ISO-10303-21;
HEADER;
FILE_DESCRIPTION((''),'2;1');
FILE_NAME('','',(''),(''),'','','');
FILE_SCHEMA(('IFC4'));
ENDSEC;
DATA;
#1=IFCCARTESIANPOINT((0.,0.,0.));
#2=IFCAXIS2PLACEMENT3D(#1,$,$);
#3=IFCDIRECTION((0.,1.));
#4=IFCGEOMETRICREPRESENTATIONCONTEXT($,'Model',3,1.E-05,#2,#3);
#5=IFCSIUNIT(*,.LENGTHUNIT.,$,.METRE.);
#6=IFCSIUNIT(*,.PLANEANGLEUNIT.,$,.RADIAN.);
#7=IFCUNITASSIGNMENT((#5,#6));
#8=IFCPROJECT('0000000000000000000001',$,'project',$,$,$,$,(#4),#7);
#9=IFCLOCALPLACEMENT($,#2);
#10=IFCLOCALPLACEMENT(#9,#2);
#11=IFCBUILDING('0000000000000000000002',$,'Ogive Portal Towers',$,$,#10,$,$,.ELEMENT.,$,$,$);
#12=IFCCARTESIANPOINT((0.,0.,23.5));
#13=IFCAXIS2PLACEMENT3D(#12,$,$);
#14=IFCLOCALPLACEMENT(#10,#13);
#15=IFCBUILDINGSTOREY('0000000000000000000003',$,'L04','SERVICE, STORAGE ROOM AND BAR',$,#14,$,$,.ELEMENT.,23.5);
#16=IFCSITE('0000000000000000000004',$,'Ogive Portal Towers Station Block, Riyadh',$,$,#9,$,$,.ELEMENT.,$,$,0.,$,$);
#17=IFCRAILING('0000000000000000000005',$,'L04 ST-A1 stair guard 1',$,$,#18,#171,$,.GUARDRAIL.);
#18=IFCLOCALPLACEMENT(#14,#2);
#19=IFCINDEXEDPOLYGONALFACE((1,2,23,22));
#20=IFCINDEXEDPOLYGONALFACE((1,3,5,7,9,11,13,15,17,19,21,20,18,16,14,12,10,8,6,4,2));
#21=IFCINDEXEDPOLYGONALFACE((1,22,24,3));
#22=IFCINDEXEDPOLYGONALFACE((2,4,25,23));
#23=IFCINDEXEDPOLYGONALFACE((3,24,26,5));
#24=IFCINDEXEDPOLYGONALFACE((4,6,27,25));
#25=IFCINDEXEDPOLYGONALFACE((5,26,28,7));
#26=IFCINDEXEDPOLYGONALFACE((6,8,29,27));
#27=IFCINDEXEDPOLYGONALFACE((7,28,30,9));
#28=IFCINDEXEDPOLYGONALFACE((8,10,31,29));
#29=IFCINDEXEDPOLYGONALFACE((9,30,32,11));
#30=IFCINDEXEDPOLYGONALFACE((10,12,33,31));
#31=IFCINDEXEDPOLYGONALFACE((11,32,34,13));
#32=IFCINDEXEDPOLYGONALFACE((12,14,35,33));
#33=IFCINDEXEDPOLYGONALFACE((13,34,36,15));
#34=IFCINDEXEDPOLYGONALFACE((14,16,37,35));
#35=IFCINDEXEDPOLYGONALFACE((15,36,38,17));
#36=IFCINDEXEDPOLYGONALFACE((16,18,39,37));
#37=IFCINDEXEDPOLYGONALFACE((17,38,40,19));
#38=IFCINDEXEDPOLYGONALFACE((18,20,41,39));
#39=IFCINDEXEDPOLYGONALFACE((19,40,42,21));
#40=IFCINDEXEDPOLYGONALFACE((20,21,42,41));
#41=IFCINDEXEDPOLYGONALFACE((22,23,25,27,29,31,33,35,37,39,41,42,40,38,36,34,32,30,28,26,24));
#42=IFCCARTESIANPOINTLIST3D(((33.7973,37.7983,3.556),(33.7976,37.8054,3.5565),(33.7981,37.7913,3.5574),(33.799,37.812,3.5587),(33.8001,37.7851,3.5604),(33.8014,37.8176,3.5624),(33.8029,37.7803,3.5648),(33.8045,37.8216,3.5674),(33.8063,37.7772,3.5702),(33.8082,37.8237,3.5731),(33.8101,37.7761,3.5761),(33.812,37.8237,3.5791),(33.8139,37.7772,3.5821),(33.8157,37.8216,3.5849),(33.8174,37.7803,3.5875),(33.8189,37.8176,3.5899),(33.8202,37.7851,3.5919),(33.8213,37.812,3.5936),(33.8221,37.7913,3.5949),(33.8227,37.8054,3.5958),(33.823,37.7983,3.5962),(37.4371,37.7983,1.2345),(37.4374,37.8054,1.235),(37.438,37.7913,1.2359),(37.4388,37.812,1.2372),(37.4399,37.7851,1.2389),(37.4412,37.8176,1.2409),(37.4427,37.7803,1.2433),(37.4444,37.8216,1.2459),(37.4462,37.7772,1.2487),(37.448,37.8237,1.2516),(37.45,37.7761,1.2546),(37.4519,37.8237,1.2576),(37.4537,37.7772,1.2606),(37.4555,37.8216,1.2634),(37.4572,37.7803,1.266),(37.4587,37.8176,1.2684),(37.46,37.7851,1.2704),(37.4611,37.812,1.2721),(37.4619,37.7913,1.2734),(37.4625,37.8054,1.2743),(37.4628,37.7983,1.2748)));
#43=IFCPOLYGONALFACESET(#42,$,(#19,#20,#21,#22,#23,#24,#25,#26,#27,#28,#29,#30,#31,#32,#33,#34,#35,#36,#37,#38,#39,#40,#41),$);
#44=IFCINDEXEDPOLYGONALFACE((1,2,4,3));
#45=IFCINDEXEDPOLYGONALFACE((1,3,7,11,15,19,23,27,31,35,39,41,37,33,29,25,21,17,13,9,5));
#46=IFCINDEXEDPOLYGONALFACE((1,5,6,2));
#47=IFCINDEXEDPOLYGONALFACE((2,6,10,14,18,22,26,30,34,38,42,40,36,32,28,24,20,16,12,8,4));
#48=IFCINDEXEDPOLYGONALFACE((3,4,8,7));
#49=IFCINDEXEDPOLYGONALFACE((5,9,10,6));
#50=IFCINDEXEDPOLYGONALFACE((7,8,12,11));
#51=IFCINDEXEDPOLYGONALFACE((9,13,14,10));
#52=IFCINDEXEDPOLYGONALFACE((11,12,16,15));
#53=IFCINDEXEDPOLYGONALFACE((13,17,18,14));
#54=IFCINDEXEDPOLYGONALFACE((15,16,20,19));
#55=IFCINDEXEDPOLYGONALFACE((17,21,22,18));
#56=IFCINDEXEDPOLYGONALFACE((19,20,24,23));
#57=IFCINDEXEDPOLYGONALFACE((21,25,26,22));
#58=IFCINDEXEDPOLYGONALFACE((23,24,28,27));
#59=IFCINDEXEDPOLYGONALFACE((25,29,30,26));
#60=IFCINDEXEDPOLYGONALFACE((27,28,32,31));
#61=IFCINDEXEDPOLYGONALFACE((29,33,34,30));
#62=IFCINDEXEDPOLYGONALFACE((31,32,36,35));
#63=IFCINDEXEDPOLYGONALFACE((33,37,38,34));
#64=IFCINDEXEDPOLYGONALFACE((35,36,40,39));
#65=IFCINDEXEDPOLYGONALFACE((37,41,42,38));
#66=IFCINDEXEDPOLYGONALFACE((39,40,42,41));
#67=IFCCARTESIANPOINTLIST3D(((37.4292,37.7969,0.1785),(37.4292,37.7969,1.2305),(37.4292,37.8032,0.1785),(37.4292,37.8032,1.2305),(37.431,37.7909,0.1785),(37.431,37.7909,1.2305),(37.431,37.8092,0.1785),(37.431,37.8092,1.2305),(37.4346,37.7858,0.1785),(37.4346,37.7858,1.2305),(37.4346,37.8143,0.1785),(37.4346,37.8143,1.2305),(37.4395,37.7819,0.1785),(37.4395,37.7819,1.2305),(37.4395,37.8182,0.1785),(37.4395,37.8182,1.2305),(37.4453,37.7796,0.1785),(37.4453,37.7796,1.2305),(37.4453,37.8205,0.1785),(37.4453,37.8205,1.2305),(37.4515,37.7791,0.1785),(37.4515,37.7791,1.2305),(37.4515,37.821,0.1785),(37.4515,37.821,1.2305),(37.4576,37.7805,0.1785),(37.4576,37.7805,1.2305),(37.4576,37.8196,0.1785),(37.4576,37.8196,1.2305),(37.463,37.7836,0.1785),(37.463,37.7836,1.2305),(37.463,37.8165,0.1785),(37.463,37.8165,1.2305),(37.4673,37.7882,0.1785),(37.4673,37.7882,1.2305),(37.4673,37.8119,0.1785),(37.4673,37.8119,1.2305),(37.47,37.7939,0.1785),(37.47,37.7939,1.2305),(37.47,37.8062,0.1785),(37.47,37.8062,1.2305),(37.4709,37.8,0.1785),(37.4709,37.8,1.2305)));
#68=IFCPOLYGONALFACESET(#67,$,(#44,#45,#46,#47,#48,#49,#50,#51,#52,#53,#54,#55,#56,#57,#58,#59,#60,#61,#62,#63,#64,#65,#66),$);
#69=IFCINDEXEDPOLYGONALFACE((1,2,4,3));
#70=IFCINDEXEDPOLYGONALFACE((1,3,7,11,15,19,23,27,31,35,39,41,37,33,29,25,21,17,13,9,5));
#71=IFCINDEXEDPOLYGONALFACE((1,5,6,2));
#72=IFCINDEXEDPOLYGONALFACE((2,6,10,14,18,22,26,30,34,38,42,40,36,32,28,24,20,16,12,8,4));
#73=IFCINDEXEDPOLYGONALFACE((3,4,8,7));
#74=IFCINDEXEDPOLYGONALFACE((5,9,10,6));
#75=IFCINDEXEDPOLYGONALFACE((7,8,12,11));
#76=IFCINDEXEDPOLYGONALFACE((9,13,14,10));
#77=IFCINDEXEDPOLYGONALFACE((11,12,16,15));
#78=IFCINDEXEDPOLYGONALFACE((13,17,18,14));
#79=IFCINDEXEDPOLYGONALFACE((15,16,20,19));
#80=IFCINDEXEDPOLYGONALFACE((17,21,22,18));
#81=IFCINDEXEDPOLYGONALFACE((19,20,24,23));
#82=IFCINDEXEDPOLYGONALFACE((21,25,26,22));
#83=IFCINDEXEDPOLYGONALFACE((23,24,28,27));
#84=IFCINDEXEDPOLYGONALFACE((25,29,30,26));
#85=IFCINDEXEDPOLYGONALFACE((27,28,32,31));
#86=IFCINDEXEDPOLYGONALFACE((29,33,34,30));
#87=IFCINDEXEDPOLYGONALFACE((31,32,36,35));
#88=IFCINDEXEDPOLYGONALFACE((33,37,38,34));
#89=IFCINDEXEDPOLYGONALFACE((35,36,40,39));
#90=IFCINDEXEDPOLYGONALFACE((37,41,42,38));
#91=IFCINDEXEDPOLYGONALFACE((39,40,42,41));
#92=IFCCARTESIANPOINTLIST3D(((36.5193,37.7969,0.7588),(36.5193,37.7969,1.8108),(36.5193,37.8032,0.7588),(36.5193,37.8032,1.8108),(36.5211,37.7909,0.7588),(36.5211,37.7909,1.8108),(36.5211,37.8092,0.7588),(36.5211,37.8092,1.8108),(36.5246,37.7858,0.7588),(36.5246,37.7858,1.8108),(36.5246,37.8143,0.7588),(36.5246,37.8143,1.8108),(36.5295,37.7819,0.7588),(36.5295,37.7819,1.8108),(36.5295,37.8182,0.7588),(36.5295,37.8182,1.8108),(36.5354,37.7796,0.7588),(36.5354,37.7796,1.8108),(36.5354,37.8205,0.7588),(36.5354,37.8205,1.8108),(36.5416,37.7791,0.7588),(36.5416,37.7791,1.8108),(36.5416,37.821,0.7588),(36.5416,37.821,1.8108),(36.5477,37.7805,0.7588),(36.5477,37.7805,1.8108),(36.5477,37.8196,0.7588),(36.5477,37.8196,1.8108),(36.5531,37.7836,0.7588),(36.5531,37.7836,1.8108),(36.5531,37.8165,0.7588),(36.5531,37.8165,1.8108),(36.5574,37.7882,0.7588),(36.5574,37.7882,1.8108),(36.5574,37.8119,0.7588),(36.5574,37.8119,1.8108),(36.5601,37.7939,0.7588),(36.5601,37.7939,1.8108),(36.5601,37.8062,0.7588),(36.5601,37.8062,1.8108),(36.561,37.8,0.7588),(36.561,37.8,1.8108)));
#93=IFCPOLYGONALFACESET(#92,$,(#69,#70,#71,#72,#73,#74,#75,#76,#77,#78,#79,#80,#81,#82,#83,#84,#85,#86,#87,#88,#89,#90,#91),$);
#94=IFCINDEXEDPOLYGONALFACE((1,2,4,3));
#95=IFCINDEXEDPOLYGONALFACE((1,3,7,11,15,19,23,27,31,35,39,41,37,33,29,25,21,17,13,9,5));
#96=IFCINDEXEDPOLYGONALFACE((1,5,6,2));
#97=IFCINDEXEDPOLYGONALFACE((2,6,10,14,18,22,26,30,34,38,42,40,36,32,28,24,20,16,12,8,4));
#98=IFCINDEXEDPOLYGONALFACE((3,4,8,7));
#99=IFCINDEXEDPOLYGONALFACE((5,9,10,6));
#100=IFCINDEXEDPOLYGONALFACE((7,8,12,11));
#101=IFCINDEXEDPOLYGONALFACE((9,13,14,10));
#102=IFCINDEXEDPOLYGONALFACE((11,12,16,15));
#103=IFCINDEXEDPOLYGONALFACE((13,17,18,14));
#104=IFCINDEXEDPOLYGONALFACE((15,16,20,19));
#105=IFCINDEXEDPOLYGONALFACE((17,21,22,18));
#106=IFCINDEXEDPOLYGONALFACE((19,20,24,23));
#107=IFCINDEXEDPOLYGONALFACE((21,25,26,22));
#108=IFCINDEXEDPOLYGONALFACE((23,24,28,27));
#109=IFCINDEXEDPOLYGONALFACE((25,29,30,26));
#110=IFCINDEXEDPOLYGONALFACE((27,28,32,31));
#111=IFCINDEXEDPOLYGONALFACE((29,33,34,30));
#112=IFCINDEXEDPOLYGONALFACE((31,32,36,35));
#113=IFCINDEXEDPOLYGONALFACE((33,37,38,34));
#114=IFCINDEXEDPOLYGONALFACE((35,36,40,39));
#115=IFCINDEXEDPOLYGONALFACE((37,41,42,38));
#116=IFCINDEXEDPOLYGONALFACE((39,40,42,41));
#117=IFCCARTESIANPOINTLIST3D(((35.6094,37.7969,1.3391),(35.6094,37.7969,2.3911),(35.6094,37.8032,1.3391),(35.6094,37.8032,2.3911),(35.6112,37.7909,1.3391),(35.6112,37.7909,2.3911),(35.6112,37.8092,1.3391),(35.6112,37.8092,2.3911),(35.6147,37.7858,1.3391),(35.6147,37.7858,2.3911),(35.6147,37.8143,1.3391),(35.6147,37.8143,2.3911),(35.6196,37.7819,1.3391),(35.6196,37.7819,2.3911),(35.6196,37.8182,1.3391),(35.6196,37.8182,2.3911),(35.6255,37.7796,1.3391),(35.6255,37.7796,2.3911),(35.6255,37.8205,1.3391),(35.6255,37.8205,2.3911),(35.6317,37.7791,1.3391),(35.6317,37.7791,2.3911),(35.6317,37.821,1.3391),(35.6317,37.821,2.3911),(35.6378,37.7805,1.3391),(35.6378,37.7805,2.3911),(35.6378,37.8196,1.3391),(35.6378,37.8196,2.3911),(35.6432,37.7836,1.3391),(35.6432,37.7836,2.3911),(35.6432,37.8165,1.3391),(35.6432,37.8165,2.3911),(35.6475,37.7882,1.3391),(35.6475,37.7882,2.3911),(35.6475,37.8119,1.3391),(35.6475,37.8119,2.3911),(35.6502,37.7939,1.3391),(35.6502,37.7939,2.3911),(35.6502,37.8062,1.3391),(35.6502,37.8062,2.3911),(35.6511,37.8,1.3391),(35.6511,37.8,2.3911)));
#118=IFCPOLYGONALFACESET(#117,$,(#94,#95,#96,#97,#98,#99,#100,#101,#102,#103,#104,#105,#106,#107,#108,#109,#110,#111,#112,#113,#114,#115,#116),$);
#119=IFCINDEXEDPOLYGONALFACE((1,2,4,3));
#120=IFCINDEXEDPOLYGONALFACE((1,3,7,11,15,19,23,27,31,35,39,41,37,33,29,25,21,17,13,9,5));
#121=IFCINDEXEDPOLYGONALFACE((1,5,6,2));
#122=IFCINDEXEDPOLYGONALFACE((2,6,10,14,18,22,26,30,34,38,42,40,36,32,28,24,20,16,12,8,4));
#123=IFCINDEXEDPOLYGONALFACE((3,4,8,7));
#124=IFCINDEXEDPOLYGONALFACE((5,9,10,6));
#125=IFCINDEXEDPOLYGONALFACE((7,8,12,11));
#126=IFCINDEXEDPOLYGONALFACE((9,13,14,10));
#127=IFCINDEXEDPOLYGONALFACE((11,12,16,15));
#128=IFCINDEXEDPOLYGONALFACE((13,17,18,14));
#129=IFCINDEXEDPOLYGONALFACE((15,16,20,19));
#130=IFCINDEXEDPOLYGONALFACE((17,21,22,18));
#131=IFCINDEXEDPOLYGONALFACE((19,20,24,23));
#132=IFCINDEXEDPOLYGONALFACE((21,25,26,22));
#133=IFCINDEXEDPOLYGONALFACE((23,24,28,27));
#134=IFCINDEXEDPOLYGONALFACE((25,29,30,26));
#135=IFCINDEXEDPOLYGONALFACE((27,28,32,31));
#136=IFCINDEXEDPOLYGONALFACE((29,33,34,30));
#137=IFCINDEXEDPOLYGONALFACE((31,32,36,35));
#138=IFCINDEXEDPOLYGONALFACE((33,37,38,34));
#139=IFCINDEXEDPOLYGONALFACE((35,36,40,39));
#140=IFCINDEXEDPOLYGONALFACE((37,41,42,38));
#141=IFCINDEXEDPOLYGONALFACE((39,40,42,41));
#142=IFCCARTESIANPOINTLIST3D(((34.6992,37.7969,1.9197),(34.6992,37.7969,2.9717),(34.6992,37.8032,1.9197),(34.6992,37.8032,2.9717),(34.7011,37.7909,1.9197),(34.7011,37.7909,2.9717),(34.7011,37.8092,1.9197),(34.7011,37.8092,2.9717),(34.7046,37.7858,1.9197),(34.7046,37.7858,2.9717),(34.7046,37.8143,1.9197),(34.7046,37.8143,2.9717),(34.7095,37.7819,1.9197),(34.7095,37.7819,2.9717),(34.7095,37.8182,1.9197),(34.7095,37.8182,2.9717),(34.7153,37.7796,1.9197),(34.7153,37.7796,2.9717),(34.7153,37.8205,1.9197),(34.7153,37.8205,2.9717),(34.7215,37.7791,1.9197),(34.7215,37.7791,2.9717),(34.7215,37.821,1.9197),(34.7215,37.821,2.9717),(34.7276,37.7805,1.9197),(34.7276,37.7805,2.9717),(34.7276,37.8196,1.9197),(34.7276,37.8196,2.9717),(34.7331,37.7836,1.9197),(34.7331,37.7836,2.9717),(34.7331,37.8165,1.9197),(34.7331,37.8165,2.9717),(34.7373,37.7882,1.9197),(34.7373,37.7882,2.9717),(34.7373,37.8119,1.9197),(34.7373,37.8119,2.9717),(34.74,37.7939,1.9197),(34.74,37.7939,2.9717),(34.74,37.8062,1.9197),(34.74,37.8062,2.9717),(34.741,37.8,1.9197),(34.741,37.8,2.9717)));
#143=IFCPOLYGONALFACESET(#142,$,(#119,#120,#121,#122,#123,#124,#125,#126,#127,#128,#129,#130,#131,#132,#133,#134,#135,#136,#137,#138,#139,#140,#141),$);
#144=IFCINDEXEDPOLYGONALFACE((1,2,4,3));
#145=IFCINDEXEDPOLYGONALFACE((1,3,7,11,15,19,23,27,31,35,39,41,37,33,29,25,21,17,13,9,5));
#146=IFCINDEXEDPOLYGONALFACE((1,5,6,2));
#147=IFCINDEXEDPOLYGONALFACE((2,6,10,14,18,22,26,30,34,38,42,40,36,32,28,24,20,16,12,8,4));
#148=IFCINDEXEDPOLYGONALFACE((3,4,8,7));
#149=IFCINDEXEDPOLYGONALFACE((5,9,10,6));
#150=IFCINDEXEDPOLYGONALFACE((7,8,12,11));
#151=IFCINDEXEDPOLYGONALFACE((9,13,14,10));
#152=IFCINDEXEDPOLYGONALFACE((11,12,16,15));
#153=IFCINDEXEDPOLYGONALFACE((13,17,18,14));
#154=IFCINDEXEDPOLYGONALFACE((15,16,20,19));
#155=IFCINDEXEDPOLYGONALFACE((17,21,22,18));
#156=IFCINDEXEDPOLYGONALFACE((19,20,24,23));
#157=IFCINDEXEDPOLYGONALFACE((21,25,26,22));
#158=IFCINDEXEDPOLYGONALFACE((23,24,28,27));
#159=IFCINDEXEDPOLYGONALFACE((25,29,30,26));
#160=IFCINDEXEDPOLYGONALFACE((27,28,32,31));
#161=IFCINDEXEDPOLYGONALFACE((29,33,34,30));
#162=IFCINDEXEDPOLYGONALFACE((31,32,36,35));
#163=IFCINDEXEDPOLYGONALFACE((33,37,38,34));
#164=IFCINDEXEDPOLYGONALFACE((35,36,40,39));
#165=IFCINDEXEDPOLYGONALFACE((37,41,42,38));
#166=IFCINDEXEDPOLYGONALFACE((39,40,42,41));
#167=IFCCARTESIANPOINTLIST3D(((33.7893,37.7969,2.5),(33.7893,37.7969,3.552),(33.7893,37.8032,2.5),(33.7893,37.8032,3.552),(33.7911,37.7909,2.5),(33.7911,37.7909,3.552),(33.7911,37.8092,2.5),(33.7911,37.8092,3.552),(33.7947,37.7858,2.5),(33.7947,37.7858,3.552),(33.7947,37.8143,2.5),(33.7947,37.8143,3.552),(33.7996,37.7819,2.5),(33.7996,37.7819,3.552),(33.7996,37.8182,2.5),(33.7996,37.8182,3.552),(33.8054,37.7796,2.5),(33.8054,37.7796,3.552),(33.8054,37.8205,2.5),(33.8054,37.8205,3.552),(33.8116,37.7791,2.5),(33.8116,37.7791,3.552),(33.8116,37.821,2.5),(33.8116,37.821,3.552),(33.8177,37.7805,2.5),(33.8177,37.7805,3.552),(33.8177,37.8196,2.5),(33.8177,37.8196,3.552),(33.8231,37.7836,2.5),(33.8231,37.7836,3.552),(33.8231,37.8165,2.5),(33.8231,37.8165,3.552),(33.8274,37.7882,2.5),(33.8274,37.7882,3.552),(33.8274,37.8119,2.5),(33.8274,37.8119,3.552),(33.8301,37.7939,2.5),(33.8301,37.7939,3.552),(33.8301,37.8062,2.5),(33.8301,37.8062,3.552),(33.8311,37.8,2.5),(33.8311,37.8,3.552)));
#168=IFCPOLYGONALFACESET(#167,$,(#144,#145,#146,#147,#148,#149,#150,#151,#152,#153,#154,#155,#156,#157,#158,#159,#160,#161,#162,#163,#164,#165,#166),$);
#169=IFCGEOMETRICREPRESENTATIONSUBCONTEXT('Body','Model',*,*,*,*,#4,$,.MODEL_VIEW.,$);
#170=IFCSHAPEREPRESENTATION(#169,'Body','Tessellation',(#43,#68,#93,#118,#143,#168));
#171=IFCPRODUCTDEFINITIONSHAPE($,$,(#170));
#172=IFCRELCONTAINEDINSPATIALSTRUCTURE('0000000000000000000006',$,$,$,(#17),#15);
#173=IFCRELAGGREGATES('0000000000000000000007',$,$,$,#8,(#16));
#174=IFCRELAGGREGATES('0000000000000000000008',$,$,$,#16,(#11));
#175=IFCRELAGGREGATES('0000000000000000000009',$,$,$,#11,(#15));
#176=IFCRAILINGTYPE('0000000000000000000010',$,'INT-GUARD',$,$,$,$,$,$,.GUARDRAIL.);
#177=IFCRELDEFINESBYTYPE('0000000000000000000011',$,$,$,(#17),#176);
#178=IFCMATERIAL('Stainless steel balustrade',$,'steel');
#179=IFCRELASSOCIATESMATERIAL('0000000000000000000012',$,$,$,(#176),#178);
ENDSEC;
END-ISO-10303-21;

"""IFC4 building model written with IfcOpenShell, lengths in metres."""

from ifc_helpers import new_model, si_unit, direction, frame, origin, origin_2d, place, context, subcontext, project, spatial, circle, extrude, material, type_object, element, save


model = new_model("IFC4")

# Units and contexts
model_context = context("Model", 3, precision=1e-05, world=origin(), true_north=direction((0.0, 1.0)))
body_context = subcontext(model_context, "Body", "Model", "MODEL_VIEW")
ifc_project = project(units=[si_unit("LENGTHUNIT", "METRE"), si_unit("PLANEANGLEUNIT", "RADIAN")], contexts=[model_context])

# Site, building, storey
site_placement = place(None, origin())
site = spatial("IfcSite", under=ifc_project, at=site_placement, Name="Ogive Portal Towers Station Block, Riyadh", CompositionType="ELEMENT", RefElevation=0.0)
building_placement = place(site_placement, origin())
building = spatial("IfcBuilding", under=site, at=building_placement, Name="Ogive Portal Towers", CompositionType="ELEMENT")
storey_placement = place(building_placement, frame((0.0, 0.0, 23.5)))
storey = spatial("IfcBuildingStorey", under=building, at=storey_placement, Name="L04", Description="SERVICE, STORAGE ROOM AND BAR", CompositionType="ELEMENT", Elevation=23.5)

# Railing
ifc_material_1 = material(Name="Stainless steel balustrade", Category="steel")
railing_type_1 = type_object("IfcRailingType", Name="INT-GUARD", PredefinedType="GUARDRAIL", material=ifc_material_1)
railing_1_placement = place(storey_placement, frame((37.45, 37.8, 0.1785)))
element("IfcRailing", 1, at=railing_1_placement, inside=storey, type_object=railing_type_1, Name="L04 ST-A1 stair guard 1", PredefinedType="GUARDRAIL", context=body_context, shape_type="SweptSolid", body=[
    extrude(circle(Radius=0.0239, at=origin_2d()), frame((0.0, 0.0, 1.0762), z_axis=(-0.843112, 0.0, 0.537739), x_axis=(0.0, -1.0, 0.0)), (0.0, 0.0, 1.0), 4.3171),
    extrude(circle(Radius=0.021, at=origin_2d()), origin(), (0.0, 0.0, 1.0), 1.052),
    extrude(circle(Radius=0.021, at=origin_2d()), frame((-0.9099, 0.0, 0.5803)), (0.0, 0.0, 1.0), 1.052),
    extrude(circle(Radius=0.021, at=origin_2d()), frame((-1.8198, 0.0, 1.1606)), (0.0, 0.0, 1.0), 1.052),
    extrude(circle(Radius=0.021, at=origin_2d()), frame((-2.73, 0.0, 1.7412)), (0.0, 0.0, 1.0), 1.052),
    extrude(circle(Radius=0.021, at=origin_2d()), frame((-3.6399, 0.0, 2.3215)), (0.0, 0.0, 1.0), 1.052),
])

save(model, "model.ifc")
